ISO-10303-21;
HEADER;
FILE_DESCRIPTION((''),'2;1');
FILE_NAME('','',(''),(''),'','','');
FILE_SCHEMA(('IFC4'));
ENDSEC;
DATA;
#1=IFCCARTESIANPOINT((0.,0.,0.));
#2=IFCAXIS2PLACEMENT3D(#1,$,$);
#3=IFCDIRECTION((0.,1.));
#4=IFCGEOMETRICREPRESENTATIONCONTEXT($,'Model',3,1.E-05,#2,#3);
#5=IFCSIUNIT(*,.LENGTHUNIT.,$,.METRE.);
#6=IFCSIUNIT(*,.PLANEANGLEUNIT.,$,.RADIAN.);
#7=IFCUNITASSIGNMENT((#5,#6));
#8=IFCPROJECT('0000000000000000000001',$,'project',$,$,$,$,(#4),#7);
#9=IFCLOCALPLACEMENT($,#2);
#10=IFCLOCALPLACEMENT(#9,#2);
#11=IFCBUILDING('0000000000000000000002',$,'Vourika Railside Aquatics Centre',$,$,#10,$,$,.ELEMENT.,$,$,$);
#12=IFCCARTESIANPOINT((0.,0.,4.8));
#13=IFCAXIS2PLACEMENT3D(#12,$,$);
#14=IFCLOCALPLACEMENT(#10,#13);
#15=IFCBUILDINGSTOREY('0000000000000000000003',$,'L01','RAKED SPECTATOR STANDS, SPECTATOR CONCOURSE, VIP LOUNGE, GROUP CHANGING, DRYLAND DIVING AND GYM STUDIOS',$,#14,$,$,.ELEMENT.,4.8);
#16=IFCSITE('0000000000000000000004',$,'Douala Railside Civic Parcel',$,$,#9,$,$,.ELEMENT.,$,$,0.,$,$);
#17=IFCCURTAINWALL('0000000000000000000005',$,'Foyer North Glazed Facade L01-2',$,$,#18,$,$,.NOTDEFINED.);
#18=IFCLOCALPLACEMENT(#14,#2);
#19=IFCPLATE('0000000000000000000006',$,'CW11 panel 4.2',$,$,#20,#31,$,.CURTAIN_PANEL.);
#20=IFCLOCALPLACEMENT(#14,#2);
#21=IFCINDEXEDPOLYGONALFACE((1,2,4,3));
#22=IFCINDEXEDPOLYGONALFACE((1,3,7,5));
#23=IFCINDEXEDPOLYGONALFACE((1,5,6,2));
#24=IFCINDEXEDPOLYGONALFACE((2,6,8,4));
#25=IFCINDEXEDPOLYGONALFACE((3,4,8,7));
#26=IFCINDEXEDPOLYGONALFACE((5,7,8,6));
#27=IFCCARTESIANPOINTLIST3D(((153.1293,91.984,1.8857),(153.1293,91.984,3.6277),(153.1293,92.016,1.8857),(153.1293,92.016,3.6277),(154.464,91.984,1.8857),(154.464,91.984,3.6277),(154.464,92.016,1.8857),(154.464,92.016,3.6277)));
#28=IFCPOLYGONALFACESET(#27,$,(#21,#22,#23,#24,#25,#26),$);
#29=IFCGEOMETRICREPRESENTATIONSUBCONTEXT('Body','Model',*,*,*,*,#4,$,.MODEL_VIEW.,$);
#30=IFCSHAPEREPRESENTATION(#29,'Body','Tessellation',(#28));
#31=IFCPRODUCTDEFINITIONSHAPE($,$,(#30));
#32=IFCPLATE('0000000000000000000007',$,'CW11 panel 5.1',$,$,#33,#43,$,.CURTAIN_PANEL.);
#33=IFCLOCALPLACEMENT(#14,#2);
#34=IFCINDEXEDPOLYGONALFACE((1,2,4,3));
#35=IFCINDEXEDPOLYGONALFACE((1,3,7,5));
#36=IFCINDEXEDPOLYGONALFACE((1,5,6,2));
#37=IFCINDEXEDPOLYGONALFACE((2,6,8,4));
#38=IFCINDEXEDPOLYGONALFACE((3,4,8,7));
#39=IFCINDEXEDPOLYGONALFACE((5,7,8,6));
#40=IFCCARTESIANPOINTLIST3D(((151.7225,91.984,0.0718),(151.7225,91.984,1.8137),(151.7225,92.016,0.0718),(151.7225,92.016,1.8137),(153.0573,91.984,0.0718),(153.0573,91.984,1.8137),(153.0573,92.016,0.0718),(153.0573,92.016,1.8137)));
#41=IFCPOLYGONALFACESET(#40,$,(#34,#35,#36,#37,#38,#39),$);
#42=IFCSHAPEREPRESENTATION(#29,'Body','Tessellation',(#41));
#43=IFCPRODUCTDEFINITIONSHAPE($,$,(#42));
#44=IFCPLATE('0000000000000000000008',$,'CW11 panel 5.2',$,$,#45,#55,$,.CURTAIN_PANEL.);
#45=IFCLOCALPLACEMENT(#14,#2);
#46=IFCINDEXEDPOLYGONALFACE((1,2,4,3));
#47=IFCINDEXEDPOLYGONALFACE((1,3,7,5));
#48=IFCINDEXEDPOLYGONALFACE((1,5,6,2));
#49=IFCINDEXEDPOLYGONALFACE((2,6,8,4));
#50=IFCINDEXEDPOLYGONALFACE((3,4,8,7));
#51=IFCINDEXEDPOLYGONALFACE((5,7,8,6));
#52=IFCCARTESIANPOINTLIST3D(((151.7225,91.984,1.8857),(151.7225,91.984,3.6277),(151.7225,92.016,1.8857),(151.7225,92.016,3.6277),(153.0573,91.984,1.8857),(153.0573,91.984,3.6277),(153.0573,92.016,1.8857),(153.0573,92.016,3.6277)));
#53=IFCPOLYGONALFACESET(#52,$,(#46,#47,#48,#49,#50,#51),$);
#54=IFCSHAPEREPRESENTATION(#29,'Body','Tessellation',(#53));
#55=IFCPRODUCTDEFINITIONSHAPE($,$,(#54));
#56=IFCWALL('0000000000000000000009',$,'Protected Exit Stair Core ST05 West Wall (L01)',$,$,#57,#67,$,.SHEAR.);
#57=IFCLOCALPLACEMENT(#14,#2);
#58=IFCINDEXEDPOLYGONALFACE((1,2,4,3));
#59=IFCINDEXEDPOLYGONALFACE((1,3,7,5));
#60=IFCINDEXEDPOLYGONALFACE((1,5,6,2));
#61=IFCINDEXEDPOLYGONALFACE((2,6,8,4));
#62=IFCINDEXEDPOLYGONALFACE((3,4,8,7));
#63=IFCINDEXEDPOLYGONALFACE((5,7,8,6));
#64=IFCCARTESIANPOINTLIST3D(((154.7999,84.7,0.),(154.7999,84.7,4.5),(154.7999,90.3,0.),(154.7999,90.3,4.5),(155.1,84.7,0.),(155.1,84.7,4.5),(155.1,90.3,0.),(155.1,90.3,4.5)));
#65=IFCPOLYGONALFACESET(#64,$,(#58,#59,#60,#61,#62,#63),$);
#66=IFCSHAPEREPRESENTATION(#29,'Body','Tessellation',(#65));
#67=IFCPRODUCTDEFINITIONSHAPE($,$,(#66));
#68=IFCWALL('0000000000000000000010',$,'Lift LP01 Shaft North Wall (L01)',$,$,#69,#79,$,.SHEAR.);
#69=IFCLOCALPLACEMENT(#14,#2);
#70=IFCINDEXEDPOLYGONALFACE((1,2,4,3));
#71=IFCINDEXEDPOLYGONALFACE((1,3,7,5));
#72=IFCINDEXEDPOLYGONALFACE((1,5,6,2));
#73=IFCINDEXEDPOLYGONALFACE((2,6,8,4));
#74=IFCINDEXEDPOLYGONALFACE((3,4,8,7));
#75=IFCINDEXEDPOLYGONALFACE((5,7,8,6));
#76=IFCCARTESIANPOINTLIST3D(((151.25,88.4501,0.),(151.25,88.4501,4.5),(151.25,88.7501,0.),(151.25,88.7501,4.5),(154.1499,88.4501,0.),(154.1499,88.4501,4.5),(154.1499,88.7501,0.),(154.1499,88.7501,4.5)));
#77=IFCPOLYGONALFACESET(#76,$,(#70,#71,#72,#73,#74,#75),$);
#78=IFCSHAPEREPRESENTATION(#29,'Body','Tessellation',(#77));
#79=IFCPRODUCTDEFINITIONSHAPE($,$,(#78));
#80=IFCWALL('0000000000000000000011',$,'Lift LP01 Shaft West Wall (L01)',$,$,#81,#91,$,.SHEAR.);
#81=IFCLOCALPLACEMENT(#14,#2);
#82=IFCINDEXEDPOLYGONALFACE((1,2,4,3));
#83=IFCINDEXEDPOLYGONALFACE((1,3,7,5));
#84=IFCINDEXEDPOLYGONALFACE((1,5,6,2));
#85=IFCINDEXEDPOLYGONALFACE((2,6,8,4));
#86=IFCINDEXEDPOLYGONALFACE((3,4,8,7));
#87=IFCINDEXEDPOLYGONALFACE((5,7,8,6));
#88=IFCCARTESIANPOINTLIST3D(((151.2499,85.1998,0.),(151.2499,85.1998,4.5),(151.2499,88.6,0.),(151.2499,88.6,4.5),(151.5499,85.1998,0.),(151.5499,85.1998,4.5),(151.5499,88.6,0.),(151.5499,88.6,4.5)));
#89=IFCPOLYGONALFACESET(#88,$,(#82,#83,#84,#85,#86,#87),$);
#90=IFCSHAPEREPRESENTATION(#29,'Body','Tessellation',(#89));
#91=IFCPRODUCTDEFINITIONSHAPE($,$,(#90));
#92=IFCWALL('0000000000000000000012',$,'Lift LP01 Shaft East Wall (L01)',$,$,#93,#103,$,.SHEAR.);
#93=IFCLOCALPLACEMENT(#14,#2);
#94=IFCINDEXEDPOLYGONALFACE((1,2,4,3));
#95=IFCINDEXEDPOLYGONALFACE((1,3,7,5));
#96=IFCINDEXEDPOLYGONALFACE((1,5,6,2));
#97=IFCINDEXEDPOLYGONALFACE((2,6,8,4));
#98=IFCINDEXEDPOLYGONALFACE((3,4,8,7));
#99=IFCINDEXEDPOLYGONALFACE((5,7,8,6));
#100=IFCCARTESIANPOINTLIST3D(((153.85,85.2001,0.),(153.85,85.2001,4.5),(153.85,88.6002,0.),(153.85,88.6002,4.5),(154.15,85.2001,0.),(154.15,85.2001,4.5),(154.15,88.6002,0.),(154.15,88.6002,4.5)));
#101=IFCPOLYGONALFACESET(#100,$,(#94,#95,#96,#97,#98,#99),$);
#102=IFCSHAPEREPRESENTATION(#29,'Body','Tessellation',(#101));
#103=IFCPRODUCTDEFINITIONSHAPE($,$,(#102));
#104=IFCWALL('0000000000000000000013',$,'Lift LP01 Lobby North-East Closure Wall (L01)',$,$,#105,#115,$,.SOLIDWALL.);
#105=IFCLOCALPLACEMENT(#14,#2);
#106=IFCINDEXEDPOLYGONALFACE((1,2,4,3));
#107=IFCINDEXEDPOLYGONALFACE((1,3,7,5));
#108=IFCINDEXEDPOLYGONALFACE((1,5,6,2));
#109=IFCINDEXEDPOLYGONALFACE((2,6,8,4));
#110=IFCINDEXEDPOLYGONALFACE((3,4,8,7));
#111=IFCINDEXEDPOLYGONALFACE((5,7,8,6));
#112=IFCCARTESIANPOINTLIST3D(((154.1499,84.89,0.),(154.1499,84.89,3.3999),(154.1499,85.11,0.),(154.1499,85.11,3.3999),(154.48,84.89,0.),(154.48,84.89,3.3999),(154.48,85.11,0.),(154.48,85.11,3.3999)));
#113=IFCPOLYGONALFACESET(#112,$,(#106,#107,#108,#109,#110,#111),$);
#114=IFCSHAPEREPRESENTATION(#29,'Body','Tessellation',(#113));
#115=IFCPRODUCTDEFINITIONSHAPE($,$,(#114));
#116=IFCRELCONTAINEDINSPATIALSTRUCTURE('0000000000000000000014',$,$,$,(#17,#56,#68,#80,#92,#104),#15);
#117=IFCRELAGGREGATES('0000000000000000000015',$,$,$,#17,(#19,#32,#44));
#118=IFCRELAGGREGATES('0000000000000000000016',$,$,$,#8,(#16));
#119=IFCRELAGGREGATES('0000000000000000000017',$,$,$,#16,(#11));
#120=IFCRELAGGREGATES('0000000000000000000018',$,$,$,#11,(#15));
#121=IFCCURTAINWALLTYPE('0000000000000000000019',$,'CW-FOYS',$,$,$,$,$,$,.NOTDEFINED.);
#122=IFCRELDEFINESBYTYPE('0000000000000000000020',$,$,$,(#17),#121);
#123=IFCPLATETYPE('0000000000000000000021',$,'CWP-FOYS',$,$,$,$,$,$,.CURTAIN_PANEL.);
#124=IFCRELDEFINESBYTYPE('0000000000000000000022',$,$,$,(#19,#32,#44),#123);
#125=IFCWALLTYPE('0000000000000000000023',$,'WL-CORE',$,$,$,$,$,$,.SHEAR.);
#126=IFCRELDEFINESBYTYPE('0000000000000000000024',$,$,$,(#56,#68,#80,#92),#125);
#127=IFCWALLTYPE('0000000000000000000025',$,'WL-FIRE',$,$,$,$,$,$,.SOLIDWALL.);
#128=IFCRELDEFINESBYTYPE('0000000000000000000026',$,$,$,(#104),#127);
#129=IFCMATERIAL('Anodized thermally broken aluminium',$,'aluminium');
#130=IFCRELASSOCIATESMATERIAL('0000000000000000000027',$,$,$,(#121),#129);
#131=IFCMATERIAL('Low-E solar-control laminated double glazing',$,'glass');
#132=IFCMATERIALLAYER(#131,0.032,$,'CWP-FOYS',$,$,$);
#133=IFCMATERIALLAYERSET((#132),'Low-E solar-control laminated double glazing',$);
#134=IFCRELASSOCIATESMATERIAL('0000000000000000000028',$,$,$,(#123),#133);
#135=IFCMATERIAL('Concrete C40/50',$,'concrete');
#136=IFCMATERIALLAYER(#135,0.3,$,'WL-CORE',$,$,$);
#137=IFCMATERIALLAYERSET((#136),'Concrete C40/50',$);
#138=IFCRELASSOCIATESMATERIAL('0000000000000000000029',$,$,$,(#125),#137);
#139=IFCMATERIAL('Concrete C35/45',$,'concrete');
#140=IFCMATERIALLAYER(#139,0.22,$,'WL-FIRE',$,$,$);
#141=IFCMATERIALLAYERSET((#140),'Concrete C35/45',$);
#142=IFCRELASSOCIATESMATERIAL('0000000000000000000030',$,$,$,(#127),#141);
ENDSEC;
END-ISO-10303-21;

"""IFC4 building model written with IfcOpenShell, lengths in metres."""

from ifc_helpers import new_model, si_unit, direction, frame, frame_2d, origin, origin_2d, place, context, subcontext, project, spatial, rectangle, extrude, material, layer, layer_set, type_object, element, aggregate, save


model = new_model("IFC4")

# Units and contexts
model_context = context("Model", 3, precision=1e-05, world=origin(), true_north=direction((0.0, 1.0)))
body_context = subcontext(model_context, "Body", "Model", "MODEL_VIEW")
ifc_project = project(units=[si_unit("LENGTHUNIT", "METRE"), si_unit("PLANEANGLEUNIT", "RADIAN")], contexts=[model_context])

# Site, building, storey
site_placement = place(None, origin())
site = spatial("IfcSite", under=ifc_project, at=site_placement, Name="Douala Railside Civic Parcel", CompositionType="ELEMENT", RefElevation=0.0)
building_placement = place(site_placement, origin())
building = spatial("IfcBuilding", under=site, at=building_placement, Name="Vourika Railside Aquatics Centre", CompositionType="ELEMENT")
storey_placement = place(building_placement, frame((0.0, 0.0, 4.8)))
storey = spatial("IfcBuildingStorey", under=building, at=storey_placement, Name="L01", Description="RAKED SPECTATOR STANDS, SPECTATOR CONCOURSE, VIP LOUNGE, GROUP CHANGING, DRYLAND DIVING AND GYM STUDIOS", CompositionType="ELEMENT", Elevation=4.8)

# Curtain wall, plates
ifc_material_1 = material(Name="Anodized thermally broken aluminium", Category="aluminium")
curtain_wall_type = type_object("IfcCurtainWallType", Name="CW-FOYS", PredefinedType="NOTDEFINED", material=ifc_material_1)
curtain_wall_placement = place(storey_placement, origin())
curtain_wall = element("IfcCurtainWall", 1, at=curtain_wall_placement, inside=storey, type_object=curtain_wall_type, Name="Foyer North Glazed Facade L01-2", PredefinedType="NOTDEFINED")
ifc_material_2 = material(Name="Low-E solar-control laminated double glazing", Category="glass")
ifc_layer_1 = layer(ifc_material_2, 0.032, Name="CWP-FOYS")
ifc_layer_set_1 = layer_set([ifc_layer_1], Name="Low-E solar-control laminated double glazing")
plate_type = type_object("IfcPlateType", Name="CWP-FOYS", PredefinedType="CURTAIN_PANEL", material=ifc_layer_set_1)
plate_1_placement = place(storey_placement, frame((153.7966, 92.0, 1.8857), z_axis=(0.0, 0.0, 1.0), x_axis=(-1.0, 0.0, 0.0)))
plate_1 = element("IfcPlate", 2, at=plate_1_placement, type_object=plate_type, Name="CW11 panel 4.2", PredefinedType="CURTAIN_PANEL", context=body_context, shape_type="SweptSolid", body=[
    extrude(rectangle(XDim=1.3347, YDim=0.032, at=origin_2d()), origin(), (0.0, 0.0, 1.0), 1.7419),
])
plate_2_placement = place(storey_placement, frame((152.3899, 92.0, 0.0718), z_axis=(0.0, 0.0, 1.0), x_axis=(-1.0, 0.0, 0.0)))
plate_2 = element("IfcPlate", 3, at=plate_2_placement, type_object=plate_type, Name="CW11 panel 5.1", PredefinedType="CURTAIN_PANEL", context=body_context, shape_type="SweptSolid", body=[
    extrude(rectangle(XDim=1.3347, YDim=0.032, at=origin_2d()), origin(), (0.0, 0.0, 1.0), 1.7419),
])
plate_3_placement = place(storey_placement, frame((152.3899, 92.0, 1.8857), z_axis=(0.0, 0.0, 1.0), x_axis=(-1.0, 0.0, 0.0)))
plate_3 = element("IfcPlate", 4, at=plate_3_placement, type_object=plate_type, Name="CW11 panel 5.2", PredefinedType="CURTAIN_PANEL", context=body_context, shape_type="SweptSolid", body=[
    extrude(rectangle(XDim=1.3347, YDim=0.032, at=origin_2d()), origin(), (0.0, 0.0, 1.0), 1.7419),
])
aggregate(curtain_wall, [plate_1, plate_2, plate_3])

# Wall
ifc_material_3 = material(Name="Concrete C40/50", Category="concrete")
ifc_layer_2 = layer(ifc_material_3, 0.3, Name="WL-CORE")
ifc_layer_set_2 = layer_set([ifc_layer_2], Name="Concrete C40/50")
wall_type_1 = type_object("IfcWallType", Name="WL-CORE", PredefinedType="SHEAR", material=ifc_layer_set_2)
wall_1_placement = place(storey_placement, frame((154.95, 90.3, 0.0), z_axis=(0.0, 0.0, 1.0), x_axis=(0.0, -1.0, 0.0)))
element("IfcWall", 5, at=wall_1_placement, inside=storey, type_object=wall_type_1, Name="Protected Exit Stair Core ST05 West Wall (L01)", PredefinedType="SHEAR", context=body_context, shape_type="SweptSolid", body=[
    extrude(rectangle(XDim=5.6001, YDim=0.3, at=frame_2d((2.8, 0.0))), origin(), (0.0, 0.0, 1.0), 4.5),
])

# Walls
wall_2_placement = place(storey_placement, frame((154.1499, 88.6001, 0.0), z_axis=(0.0, 0.0, 1.0), x_axis=(-1.0, 0.0, 0.0)))
element("IfcWall", 6, at=wall_2_placement, inside=storey, type_object=wall_type_1, Name="Lift LP01 Shaft North Wall (L01)", PredefinedType="SHEAR", context=body_context, shape_type="SweptSolid", body=[
    extrude(rectangle(XDim=2.8999, YDim=0.3, at=frame_2d((1.45, 0.0))), origin(), (0.0, 0.0, 1.0), 4.5),
])
for number, where, z_axis, x_axis, name in (
    (7, (151.3999, 88.6001, 0.0), (0.0, 0.0, 1.0), (0.0, -1.0, 0.0), "Lift LP01 Shaft West Wall (L01)"),
    (8, (154.0, 85.2, 0.0), (0.0, 0.0, 1.0), (0.0, 1.0, 0.0), "Lift LP01 Shaft East Wall (L01)"),
):
    element("IfcWall", number, at=place(storey_placement, frame(where, z_axis=z_axis, x_axis=x_axis)), inside=storey, type_object=wall_type_1, Name=name, PredefinedType="SHEAR", context=body_context, shape_type="SweptSolid", body=[
        extrude(rectangle(XDim=3.4001, YDim=0.3, at=frame_2d((1.7002, 0.0))), origin(), (0.0, 0.0, 1.0), 4.5),
    ])
ifc_material_4 = material(Name="Concrete C35/45", Category="concrete")
ifc_layer_3 = layer(ifc_material_4, 0.22, Name="WL-FIRE")
ifc_layer_set_3 = layer_set([ifc_layer_3], Name="Concrete C35/45")
wall_type_2 = type_object("IfcWallType", Name="WL-FIRE", PredefinedType="SOLIDWALL", material=ifc_layer_set_3)
wall_3_placement = place(storey_placement, frame((154.1499, 85.0, 0.0), z_axis=(0.0, 0.0, 1.0), x_axis=(1.0, 0.0, 0.0)))
element("IfcWall", 9, at=wall_3_placement, inside=storey, type_object=wall_type_2, Name="Lift LP01 Lobby North-East Closure Wall (L01)", PredefinedType="SOLIDWALL", context=body_context, shape_type="SweptSolid", body=[
    extrude(rectangle(XDim=0.3301, YDim=0.22, at=frame_2d((0.165, 0.0))), origin(), (0.0, 0.0, 1.0), 3.3999),
])

save(model, "model.ifc")
